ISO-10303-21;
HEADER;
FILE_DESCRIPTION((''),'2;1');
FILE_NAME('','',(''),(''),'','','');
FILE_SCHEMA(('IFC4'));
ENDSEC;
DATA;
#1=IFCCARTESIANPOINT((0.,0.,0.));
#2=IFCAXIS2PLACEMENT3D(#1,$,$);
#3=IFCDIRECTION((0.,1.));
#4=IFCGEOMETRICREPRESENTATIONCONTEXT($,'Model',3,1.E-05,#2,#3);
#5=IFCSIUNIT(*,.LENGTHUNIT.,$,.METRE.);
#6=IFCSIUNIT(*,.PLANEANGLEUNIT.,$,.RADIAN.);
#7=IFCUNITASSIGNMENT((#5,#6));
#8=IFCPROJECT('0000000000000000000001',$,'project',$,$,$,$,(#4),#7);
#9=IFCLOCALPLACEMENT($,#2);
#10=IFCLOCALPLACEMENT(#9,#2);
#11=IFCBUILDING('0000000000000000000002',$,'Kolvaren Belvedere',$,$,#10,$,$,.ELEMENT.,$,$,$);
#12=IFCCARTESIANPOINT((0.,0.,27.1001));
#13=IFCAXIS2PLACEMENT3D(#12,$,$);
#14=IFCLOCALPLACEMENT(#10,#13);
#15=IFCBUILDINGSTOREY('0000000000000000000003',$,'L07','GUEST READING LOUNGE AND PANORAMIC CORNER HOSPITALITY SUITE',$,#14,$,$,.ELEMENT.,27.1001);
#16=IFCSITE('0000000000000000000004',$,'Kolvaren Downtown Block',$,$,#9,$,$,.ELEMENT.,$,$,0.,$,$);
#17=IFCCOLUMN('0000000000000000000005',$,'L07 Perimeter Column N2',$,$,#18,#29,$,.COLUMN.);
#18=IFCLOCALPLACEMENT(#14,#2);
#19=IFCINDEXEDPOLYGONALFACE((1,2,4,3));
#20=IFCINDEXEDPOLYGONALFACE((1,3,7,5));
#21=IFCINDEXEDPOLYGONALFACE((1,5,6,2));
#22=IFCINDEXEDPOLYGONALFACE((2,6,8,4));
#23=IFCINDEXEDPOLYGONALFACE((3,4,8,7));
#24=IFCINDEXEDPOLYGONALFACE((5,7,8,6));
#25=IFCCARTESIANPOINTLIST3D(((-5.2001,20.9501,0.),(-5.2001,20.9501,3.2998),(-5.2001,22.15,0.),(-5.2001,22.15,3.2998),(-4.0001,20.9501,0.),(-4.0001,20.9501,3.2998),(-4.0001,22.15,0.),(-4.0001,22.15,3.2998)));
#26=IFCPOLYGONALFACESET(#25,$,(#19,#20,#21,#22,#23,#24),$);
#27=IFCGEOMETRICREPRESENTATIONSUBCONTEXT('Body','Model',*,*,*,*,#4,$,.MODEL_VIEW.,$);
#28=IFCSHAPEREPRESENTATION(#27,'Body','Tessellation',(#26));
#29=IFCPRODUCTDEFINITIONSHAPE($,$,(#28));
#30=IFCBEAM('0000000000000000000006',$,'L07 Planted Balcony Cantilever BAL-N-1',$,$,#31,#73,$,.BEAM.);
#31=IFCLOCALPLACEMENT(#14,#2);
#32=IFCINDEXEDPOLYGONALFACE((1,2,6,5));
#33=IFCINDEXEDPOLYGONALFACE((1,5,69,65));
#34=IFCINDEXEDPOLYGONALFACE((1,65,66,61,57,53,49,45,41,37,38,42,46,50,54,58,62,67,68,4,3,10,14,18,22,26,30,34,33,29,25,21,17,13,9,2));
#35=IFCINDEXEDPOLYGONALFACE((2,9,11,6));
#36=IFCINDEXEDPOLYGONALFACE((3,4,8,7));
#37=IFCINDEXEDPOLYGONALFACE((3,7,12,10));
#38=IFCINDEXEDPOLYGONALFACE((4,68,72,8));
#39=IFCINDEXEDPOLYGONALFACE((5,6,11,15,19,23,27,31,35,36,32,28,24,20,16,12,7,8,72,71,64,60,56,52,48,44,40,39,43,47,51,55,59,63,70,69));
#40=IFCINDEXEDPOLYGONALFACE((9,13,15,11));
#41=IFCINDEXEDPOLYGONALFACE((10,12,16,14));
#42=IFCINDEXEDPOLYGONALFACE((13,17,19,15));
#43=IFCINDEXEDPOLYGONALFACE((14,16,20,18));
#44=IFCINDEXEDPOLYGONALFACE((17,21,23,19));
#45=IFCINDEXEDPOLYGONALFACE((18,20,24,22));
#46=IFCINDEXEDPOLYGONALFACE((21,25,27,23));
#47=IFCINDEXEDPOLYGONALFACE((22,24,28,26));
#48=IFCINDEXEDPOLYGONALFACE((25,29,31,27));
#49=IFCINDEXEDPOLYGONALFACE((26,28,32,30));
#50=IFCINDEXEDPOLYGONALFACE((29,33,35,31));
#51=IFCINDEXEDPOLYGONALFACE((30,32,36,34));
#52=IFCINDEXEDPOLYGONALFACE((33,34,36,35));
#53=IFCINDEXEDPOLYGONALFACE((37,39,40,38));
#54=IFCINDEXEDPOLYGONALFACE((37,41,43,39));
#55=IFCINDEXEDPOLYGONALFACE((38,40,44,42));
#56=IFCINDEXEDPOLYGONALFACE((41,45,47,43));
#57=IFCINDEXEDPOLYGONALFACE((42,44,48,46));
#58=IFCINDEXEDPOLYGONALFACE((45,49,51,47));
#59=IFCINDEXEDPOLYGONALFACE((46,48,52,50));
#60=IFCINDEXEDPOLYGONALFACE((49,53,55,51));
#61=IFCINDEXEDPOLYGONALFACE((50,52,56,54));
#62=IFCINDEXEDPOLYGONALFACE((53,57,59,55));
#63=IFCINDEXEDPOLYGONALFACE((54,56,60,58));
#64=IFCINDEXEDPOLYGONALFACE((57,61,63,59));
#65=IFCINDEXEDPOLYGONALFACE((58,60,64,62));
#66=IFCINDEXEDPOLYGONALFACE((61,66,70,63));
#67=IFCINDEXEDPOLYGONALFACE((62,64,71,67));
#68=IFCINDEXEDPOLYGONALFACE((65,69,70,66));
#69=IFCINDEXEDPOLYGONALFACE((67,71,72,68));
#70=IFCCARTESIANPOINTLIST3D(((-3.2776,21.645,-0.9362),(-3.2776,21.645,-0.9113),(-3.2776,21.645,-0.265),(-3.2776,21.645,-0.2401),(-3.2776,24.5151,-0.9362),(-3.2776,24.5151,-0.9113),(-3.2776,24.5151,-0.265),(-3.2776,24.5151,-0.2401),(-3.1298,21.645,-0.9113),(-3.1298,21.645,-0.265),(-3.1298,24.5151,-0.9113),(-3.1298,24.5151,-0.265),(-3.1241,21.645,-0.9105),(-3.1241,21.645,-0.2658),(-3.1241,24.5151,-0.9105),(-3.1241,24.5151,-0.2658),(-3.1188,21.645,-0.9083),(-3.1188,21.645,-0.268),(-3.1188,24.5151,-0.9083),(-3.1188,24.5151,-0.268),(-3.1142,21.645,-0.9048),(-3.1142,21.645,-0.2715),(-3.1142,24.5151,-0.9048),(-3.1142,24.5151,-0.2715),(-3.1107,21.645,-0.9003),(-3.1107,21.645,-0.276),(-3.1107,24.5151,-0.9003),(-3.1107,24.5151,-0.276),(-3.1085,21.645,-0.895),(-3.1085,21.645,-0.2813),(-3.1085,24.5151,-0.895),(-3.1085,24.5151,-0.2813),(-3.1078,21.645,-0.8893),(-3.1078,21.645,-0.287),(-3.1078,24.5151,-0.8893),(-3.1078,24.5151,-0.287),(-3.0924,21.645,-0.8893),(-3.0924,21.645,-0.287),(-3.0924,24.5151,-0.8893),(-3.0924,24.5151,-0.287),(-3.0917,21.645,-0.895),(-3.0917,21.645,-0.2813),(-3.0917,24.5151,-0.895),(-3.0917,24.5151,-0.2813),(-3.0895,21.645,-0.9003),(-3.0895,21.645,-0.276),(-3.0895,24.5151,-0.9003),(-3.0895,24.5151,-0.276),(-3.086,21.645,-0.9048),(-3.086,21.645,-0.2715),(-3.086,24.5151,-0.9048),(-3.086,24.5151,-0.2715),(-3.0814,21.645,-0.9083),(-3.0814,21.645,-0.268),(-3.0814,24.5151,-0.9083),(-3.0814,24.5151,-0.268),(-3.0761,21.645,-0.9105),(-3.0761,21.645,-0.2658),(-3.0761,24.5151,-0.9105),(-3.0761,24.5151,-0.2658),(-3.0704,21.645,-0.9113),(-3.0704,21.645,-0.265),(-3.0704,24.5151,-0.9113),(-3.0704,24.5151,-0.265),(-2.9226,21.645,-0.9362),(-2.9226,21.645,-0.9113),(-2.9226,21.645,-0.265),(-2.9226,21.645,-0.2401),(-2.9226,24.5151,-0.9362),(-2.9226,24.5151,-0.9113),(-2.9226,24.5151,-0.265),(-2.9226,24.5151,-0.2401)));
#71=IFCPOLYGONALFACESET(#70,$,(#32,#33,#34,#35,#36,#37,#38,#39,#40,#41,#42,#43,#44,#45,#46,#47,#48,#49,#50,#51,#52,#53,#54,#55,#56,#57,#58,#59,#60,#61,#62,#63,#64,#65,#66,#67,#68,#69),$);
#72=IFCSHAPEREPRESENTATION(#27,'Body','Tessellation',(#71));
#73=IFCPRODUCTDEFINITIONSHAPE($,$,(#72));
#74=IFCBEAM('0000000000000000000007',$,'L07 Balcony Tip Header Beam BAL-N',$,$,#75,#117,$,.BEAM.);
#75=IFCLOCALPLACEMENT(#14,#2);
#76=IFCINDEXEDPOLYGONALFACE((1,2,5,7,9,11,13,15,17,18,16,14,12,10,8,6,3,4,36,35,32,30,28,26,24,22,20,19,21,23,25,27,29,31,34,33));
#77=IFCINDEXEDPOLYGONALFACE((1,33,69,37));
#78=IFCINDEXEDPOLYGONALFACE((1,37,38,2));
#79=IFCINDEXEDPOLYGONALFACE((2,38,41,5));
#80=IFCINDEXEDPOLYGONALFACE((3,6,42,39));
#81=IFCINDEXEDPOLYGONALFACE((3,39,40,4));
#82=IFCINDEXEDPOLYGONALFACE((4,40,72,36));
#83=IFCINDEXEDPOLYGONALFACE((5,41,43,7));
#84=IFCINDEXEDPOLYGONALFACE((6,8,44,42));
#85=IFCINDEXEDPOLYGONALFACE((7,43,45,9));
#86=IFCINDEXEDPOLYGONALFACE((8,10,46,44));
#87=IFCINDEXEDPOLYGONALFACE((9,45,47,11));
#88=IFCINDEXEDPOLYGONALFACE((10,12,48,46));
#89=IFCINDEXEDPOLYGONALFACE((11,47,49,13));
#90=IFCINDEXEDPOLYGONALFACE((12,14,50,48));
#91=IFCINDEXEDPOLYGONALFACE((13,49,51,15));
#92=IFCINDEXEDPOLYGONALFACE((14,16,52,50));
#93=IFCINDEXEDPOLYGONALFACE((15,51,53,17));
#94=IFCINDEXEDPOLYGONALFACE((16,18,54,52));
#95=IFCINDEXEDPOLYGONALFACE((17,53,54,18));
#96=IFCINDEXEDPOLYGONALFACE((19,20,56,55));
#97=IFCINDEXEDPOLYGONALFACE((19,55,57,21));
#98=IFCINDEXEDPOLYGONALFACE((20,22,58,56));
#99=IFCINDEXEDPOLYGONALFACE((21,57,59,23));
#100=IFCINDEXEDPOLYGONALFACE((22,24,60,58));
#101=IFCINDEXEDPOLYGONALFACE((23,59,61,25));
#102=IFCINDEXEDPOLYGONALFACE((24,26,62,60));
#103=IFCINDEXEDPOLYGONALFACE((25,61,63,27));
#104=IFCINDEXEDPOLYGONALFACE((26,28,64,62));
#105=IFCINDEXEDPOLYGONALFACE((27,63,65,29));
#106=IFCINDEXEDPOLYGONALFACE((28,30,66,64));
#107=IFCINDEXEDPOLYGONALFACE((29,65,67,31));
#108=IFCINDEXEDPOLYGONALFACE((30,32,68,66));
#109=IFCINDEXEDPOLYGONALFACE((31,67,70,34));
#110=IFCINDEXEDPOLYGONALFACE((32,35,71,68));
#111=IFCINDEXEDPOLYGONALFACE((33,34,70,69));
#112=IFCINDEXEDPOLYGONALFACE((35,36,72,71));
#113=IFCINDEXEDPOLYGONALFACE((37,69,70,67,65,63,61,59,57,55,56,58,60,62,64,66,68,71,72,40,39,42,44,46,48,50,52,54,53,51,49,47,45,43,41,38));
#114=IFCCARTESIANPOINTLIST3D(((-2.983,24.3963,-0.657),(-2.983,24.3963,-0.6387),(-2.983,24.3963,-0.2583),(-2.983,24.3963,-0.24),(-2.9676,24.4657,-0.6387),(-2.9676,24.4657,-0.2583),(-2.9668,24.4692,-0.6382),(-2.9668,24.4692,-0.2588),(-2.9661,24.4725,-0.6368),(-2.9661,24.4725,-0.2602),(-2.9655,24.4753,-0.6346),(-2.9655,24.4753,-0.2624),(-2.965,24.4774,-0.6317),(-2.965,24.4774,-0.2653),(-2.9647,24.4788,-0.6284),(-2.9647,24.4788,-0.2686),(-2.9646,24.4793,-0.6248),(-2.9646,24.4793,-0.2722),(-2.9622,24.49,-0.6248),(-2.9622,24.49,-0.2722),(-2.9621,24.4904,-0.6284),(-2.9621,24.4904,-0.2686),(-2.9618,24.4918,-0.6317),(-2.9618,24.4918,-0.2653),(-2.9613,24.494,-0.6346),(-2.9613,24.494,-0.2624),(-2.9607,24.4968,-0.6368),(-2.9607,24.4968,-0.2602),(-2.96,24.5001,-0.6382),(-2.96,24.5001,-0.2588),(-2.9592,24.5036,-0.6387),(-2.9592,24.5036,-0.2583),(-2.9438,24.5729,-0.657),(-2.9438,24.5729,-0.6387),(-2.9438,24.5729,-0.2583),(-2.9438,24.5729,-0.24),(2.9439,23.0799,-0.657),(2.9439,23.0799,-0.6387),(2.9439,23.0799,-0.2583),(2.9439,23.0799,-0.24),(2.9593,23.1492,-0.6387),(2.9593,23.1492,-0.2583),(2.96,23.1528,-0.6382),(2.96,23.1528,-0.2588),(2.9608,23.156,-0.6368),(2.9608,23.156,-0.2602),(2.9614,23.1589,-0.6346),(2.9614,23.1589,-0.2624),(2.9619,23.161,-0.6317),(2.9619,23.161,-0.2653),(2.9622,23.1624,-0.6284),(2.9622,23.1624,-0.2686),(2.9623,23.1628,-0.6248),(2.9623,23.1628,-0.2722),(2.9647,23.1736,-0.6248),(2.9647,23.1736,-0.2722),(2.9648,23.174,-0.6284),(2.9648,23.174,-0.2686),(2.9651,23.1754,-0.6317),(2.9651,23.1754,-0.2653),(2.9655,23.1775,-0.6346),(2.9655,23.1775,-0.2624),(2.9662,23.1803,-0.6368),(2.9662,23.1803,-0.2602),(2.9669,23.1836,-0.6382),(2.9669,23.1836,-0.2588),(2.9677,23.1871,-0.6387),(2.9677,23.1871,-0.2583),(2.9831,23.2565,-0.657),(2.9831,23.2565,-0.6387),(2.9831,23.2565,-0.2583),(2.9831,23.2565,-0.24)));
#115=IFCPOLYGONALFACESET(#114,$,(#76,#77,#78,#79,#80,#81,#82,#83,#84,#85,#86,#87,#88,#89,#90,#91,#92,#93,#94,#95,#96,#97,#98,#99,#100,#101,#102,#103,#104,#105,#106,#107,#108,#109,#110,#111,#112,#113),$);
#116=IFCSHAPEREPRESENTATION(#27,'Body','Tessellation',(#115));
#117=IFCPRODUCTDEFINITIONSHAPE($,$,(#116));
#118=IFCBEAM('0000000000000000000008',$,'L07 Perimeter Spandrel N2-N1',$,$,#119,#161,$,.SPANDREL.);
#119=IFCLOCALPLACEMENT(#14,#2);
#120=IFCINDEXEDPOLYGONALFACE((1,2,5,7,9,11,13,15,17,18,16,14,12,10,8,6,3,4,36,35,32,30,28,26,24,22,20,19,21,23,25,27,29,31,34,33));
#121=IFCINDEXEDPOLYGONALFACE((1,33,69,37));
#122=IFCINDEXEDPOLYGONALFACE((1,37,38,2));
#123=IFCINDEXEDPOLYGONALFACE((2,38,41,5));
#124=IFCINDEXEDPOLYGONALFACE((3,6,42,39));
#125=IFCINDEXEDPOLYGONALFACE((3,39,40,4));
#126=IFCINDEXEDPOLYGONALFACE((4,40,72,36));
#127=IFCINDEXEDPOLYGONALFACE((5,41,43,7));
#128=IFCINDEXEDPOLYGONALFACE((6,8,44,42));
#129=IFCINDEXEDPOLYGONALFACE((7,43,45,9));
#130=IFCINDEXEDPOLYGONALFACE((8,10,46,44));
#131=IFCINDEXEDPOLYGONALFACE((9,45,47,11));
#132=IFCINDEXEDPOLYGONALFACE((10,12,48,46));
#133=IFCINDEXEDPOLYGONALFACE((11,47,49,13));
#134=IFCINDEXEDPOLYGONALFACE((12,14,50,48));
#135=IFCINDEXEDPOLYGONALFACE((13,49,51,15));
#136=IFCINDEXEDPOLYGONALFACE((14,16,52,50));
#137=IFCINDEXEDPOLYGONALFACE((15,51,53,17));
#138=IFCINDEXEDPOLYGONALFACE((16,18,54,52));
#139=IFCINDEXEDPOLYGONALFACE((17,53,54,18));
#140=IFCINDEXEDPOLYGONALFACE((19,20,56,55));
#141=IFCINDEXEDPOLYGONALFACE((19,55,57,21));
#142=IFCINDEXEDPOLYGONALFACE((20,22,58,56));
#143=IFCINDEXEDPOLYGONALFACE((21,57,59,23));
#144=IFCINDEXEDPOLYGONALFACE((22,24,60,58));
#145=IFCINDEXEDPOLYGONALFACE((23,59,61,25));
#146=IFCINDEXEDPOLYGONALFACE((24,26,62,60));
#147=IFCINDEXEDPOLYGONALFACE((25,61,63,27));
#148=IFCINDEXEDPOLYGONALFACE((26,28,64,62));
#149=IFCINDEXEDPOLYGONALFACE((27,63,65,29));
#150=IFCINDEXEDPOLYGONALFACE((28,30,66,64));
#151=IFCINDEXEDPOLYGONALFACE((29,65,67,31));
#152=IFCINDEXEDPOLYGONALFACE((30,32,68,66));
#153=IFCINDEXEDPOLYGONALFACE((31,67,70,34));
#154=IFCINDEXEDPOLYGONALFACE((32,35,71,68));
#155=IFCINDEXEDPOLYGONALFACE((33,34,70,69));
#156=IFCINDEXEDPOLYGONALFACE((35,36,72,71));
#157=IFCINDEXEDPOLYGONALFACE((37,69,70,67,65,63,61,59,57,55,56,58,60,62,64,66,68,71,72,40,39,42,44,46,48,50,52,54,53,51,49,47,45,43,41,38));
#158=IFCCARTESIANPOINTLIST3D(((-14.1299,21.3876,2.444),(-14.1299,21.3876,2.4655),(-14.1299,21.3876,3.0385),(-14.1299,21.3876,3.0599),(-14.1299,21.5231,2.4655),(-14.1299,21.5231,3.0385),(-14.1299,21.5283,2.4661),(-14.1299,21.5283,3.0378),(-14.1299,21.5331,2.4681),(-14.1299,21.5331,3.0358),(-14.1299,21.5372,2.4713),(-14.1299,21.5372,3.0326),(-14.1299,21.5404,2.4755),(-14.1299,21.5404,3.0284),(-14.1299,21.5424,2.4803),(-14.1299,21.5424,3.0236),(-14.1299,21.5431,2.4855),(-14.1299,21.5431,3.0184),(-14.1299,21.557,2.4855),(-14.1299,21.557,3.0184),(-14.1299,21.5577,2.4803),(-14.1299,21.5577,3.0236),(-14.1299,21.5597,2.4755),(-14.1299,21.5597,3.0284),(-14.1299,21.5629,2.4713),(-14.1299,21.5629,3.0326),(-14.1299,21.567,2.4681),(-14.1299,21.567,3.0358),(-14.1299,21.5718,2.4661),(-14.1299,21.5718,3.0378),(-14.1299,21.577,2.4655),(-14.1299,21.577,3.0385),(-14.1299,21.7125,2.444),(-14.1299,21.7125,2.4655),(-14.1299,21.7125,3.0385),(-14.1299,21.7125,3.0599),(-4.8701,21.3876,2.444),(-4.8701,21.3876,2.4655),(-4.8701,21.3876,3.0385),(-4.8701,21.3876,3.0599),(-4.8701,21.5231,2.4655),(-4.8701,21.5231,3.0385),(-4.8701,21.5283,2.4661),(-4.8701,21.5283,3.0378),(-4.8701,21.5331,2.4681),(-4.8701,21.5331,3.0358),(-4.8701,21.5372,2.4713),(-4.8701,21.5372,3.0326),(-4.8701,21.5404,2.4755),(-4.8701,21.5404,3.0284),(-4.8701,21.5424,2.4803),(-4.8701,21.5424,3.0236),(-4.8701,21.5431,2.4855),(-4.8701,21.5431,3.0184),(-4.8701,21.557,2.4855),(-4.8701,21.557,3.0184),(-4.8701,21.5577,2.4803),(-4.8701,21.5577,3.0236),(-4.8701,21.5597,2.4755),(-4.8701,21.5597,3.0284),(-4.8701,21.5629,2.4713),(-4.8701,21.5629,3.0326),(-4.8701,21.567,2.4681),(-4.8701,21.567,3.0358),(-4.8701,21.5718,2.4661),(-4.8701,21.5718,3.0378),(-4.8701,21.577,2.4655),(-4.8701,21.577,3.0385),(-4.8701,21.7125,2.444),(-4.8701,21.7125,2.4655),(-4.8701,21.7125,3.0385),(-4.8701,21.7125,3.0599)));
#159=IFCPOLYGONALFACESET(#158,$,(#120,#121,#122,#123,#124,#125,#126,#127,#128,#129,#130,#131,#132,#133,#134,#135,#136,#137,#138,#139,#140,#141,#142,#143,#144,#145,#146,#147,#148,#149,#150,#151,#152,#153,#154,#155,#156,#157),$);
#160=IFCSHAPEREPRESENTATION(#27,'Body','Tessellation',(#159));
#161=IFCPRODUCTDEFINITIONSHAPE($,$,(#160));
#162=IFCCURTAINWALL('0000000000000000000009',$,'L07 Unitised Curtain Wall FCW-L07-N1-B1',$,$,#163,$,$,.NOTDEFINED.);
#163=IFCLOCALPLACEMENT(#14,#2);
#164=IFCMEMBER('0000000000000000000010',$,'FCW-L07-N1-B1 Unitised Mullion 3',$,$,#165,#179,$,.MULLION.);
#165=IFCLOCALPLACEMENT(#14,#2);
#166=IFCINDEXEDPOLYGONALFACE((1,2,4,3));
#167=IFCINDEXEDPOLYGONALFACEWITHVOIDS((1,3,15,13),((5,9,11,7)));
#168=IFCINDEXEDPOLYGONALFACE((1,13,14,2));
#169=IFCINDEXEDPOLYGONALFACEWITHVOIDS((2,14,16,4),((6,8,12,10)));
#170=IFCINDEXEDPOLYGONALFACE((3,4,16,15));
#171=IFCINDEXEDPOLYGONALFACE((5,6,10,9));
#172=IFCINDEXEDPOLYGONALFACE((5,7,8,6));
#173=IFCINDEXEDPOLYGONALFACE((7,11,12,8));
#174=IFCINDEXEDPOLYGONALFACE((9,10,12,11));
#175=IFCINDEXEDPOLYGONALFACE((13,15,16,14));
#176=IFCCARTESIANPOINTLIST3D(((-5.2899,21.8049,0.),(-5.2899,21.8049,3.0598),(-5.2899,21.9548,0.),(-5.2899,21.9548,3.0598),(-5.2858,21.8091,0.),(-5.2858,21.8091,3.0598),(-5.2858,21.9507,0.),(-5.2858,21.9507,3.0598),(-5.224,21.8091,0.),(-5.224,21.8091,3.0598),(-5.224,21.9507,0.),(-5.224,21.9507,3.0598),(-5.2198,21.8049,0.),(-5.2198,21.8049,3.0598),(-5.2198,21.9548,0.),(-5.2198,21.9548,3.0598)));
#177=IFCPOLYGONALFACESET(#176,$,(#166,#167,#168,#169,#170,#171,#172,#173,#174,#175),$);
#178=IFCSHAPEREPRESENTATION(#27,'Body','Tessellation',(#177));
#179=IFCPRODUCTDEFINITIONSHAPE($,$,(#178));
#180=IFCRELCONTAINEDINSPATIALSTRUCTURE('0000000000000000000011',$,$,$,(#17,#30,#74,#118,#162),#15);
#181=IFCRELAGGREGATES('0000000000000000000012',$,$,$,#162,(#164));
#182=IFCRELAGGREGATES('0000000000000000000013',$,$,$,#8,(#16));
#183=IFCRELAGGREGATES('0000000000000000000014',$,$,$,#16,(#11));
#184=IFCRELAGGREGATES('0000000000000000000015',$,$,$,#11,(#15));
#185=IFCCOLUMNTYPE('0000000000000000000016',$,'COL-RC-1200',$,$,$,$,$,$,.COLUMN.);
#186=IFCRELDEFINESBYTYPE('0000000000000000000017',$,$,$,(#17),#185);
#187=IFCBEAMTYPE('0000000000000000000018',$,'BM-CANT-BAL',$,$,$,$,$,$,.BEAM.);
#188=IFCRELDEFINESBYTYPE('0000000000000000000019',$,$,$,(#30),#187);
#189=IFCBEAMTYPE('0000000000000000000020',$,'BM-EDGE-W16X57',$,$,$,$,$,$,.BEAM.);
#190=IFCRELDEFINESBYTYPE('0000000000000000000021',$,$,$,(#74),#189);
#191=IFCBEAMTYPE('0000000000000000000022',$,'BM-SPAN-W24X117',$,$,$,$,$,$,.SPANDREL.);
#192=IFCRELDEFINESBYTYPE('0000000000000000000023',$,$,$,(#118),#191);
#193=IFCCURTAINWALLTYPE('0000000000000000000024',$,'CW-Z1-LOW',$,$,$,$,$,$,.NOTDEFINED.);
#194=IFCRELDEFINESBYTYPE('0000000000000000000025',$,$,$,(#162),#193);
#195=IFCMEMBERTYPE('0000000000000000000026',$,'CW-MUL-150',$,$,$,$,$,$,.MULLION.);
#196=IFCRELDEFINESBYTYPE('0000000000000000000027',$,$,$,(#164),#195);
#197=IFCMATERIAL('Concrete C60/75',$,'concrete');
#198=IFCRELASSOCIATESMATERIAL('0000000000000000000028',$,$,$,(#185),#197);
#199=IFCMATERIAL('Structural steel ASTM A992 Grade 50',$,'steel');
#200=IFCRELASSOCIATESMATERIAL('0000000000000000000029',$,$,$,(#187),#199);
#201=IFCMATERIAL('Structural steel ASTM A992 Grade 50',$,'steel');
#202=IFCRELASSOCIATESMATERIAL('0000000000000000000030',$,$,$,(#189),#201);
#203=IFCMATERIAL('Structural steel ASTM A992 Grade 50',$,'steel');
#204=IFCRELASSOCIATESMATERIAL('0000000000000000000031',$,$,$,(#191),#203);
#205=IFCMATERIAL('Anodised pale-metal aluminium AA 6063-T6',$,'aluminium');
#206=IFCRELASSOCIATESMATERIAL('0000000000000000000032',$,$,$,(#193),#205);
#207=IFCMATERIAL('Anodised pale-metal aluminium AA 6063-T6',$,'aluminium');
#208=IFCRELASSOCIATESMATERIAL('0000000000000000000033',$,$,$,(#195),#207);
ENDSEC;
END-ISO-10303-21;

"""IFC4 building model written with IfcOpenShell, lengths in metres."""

from ifc_helpers import new_model, si_unit, direction, frame, origin, origin_2d, place, context, subcontext, project, spatial, rectangle, hollow_rectangle, i_section, extrude, material, material_profile, profile_set, type_object, element, aggregate, save


model = new_model("IFC4")

# Units and contexts
model_context = context("Model", 3, precision=1e-05, world=origin(), true_north=direction((0.0, 1.0)))
body_context = subcontext(model_context, "Body", "Model", "MODEL_VIEW")
ifc_project = project(units=[si_unit("LENGTHUNIT", "METRE"), si_unit("PLANEANGLEUNIT", "RADIAN")], contexts=[model_context])

# Site, building, storey
site_placement = place(None, origin())
site = spatial("IfcSite", under=ifc_project, at=site_placement, Name="Kolvaren Downtown Block", CompositionType="ELEMENT", RefElevation=0.0)
building_placement = place(site_placement, origin())
building = spatial("IfcBuilding", under=site, at=building_placement, Name="Kolvaren Belvedere", CompositionType="ELEMENT")
storey_placement = place(building_placement, frame((0.0, 0.0, 27.1001)))
storey = spatial("IfcBuildingStorey", under=building, at=storey_placement, Name="L07", Description="GUEST READING LOUNGE AND PANORAMIC CORNER HOSPITALITY SUITE", CompositionType="ELEMENT", Elevation=27.1001)

# Column
ifc_material_1 = material(Name="Concrete C60/75", Category="concrete")
ifc_material_profile_1 = material_profile(ifc_material_1, rectangle(XDim=1.2, YDim=1.2, at=origin_2d()), Name="RC 1200X1200")
ifc_profile_set_1 = profile_set([ifc_material_profile_1], Name="Concrete C60/75")
column_type = type_object("IfcColumnType", Name="COL-RC-1200", PredefinedType="COLUMN", material=ifc_profile_set_1)
column_placement = place(storey_placement, frame((-4.6001, 21.55, 0.0), z_axis=(0.0, 0.0, 1.0), x_axis=(1.0, 0.0, 0.0)))
element("IfcColumn", 1, at=column_placement, inside=storey, type_object=column_type, Name="L07 Perimeter Column N2", PredefinedType="COLUMN", context=body_context, shape_type="SweptSolid", body=[
    extrude(rectangle(XDim=1.2, YDim=1.2, at=origin_2d()), origin(), (0.0, 0.0, 1.0), 3.2998),
])

# Beams
ifc_material_2 = material(Name="Structural steel ASTM A992 Grade 50", Category="steel")
ifc_material_profile_2 = material_profile(ifc_material_2, i_section(OverallWidth=0.355, OverallDepth=0.696, WebThickness=0.0154, FlangeThickness=0.0249, FilletRadius=0.022, at=origin_2d()), Name="W27X146")
ifc_profile_set_2 = profile_set([ifc_material_profile_2], Name="Structural steel ASTM A992 Grade 50")
beam_type_1 = type_object("IfcBeamType", Name="BM-CANT-BAL", PredefinedType="BEAM", material=ifc_profile_set_2)
beam_1_placement = place(storey_placement, frame((-3.1001, 21.645, -0.5881), z_axis=(0.0, 1.0, 0.0), x_axis=(-1.0, 0.0, 0.0)))
element("IfcBeam", 2, at=beam_1_placement, inside=storey, type_object=beam_type_1, Name="L07 Planted Balcony Cantilever BAL-N-1", PredefinedType="BEAM", context=body_context, shape_type="SweptSolid", body=[
    extrude(i_section(OverallWidth=0.355, OverallDepth=0.696, WebThickness=0.0154, FlangeThickness=0.0249, FilletRadius=0.022, at=origin_2d()), origin(), (0.0, 0.0, 1.0), 2.8701),
])
ifc_material_3 = material(Name="Structural steel ASTM A992 Grade 50", Category="steel")
ifc_material_profile_3 = material_profile(ifc_material_3, i_section(OverallWidth=0.1809, OverallDepth=0.417, WebThickness=0.011, FlangeThickness=0.0183, FilletRadius=0.0139, at=origin_2d()), Name="W16X57")
ifc_profile_set_3 = profile_set([ifc_material_profile_3], Name="Structural steel ASTM A992 Grade 50")
beam_type_2 = type_object("IfcBeamType", Name="BM-EDGE-W16X57", PredefinedType="BEAM", material=ifc_profile_set_3)
beam_2_placement = place(storey_placement, frame((-2.9634, 24.4846, -0.4485), z_axis=(0.97621, -0.216828, 0.0), x_axis=(0.216828, 0.97621, 0.0)))
element("IfcBeam", 3, at=beam_2_placement, inside=storey, type_object=beam_type_2, Name="L07 Balcony Tip Header Beam BAL-N", PredefinedType="BEAM", context=body_context, shape_type="SweptSolid", body=[
    extrude(i_section(OverallWidth=0.1809, OverallDepth=0.417, WebThickness=0.011, FlangeThickness=0.0183, FilletRadius=0.0139, at=origin_2d()), origin(), (0.0, 0.0, 1.0), 6.0713),
])
ifc_material_4 = material(Name="Structural steel ASTM A992 Grade 50", Category="steel")
ifc_material_profile_4 = material_profile(ifc_material_4, i_section(OverallWidth=0.325, OverallDepth=0.616, WebThickness=0.0139, FlangeThickness=0.0215, FilletRadius=0.02, at=origin_2d()), Name="W24X117")
ifc_profile_set_4 = profile_set([ifc_material_profile_4], Name="Structural steel ASTM A992 Grade 50")
beam_type_3 = type_object("IfcBeamType", Name="BM-SPAN-W24X117", PredefinedType="SPANDREL", material=ifc_profile_set_4)
beam_3_placement = place(storey_placement, frame((-4.8701, 21.55, 2.752), z_axis=(-1.0, 0.0, 0.0), x_axis=(0.0, -1.0, 0.0)))
element("IfcBeam", 4, at=beam_3_placement, inside=storey, type_object=beam_type_3, Name="L07 Perimeter Spandrel N2-N1", PredefinedType="SPANDREL", context=body_context, shape_type="SweptSolid", body=[
    extrude(i_section(OverallWidth=0.325, OverallDepth=0.616, WebThickness=0.0139, FlangeThickness=0.0215, FilletRadius=0.02, at=origin_2d()), origin(), (0.0, 0.0, 1.0), 9.2598),
])

# Curtain wall, member
ifc_material_5 = material(Name="Anodised pale-metal aluminium AA 6063-T6", Category="aluminium")
curtain_wall_type = type_object("IfcCurtainWallType", Name="CW-Z1-LOW", PredefinedType="NOTDEFINED", material=ifc_material_5)
curtain_wall_1_placement = place(storey_placement, origin())
curtain_wall_1 = element("IfcCurtainWall", 5, at=curtain_wall_1_placement, inside=storey, type_object=curtain_wall_type, Name="L07 Unitised Curtain Wall FCW-L07-N1-B1", PredefinedType="NOTDEFINED")
ifc_material_6 = material(Name="Anodised pale-metal aluminium AA 6063-T6", Category="aluminium")
ifc_material_profile_5 = material_profile(ifc_material_6, hollow_rectangle(XDim=0.0701, YDim=0.1499, WallThickness=0.0042, at=origin_2d()), Name="ALU-MUL-150X70")
ifc_profile_set_5 = profile_set([ifc_material_profile_5], Name="Anodised pale-metal aluminium AA 6063-T6")
member_type_1 = type_object("IfcMemberType", Name="CW-MUL-150", PredefinedType="MULLION", material=ifc_profile_set_5)
member_1_placement = place(storey_placement, frame((-5.2549, 21.8799, 0.0), z_axis=(0.0, 0.0, 1.0), x_axis=(1.0, 0.0, 0.0)))
member_1 = element("IfcMember", 6, at=member_1_placement, type_object=member_type_1, Name="FCW-L07-N1-B1 Unitised Mullion 3", PredefinedType="MULLION", context=body_context, shape_type="SweptSolid", body=[
    extrude(hollow_rectangle(XDim=0.0701, YDim=0.1499, WallThickness=0.0042, at=origin_2d()), origin(), (0.0, 0.0, 1.0), 3.0598),
])
aggregate(curtain_wall_1, [member_1])

save(model, "model.ifc")
